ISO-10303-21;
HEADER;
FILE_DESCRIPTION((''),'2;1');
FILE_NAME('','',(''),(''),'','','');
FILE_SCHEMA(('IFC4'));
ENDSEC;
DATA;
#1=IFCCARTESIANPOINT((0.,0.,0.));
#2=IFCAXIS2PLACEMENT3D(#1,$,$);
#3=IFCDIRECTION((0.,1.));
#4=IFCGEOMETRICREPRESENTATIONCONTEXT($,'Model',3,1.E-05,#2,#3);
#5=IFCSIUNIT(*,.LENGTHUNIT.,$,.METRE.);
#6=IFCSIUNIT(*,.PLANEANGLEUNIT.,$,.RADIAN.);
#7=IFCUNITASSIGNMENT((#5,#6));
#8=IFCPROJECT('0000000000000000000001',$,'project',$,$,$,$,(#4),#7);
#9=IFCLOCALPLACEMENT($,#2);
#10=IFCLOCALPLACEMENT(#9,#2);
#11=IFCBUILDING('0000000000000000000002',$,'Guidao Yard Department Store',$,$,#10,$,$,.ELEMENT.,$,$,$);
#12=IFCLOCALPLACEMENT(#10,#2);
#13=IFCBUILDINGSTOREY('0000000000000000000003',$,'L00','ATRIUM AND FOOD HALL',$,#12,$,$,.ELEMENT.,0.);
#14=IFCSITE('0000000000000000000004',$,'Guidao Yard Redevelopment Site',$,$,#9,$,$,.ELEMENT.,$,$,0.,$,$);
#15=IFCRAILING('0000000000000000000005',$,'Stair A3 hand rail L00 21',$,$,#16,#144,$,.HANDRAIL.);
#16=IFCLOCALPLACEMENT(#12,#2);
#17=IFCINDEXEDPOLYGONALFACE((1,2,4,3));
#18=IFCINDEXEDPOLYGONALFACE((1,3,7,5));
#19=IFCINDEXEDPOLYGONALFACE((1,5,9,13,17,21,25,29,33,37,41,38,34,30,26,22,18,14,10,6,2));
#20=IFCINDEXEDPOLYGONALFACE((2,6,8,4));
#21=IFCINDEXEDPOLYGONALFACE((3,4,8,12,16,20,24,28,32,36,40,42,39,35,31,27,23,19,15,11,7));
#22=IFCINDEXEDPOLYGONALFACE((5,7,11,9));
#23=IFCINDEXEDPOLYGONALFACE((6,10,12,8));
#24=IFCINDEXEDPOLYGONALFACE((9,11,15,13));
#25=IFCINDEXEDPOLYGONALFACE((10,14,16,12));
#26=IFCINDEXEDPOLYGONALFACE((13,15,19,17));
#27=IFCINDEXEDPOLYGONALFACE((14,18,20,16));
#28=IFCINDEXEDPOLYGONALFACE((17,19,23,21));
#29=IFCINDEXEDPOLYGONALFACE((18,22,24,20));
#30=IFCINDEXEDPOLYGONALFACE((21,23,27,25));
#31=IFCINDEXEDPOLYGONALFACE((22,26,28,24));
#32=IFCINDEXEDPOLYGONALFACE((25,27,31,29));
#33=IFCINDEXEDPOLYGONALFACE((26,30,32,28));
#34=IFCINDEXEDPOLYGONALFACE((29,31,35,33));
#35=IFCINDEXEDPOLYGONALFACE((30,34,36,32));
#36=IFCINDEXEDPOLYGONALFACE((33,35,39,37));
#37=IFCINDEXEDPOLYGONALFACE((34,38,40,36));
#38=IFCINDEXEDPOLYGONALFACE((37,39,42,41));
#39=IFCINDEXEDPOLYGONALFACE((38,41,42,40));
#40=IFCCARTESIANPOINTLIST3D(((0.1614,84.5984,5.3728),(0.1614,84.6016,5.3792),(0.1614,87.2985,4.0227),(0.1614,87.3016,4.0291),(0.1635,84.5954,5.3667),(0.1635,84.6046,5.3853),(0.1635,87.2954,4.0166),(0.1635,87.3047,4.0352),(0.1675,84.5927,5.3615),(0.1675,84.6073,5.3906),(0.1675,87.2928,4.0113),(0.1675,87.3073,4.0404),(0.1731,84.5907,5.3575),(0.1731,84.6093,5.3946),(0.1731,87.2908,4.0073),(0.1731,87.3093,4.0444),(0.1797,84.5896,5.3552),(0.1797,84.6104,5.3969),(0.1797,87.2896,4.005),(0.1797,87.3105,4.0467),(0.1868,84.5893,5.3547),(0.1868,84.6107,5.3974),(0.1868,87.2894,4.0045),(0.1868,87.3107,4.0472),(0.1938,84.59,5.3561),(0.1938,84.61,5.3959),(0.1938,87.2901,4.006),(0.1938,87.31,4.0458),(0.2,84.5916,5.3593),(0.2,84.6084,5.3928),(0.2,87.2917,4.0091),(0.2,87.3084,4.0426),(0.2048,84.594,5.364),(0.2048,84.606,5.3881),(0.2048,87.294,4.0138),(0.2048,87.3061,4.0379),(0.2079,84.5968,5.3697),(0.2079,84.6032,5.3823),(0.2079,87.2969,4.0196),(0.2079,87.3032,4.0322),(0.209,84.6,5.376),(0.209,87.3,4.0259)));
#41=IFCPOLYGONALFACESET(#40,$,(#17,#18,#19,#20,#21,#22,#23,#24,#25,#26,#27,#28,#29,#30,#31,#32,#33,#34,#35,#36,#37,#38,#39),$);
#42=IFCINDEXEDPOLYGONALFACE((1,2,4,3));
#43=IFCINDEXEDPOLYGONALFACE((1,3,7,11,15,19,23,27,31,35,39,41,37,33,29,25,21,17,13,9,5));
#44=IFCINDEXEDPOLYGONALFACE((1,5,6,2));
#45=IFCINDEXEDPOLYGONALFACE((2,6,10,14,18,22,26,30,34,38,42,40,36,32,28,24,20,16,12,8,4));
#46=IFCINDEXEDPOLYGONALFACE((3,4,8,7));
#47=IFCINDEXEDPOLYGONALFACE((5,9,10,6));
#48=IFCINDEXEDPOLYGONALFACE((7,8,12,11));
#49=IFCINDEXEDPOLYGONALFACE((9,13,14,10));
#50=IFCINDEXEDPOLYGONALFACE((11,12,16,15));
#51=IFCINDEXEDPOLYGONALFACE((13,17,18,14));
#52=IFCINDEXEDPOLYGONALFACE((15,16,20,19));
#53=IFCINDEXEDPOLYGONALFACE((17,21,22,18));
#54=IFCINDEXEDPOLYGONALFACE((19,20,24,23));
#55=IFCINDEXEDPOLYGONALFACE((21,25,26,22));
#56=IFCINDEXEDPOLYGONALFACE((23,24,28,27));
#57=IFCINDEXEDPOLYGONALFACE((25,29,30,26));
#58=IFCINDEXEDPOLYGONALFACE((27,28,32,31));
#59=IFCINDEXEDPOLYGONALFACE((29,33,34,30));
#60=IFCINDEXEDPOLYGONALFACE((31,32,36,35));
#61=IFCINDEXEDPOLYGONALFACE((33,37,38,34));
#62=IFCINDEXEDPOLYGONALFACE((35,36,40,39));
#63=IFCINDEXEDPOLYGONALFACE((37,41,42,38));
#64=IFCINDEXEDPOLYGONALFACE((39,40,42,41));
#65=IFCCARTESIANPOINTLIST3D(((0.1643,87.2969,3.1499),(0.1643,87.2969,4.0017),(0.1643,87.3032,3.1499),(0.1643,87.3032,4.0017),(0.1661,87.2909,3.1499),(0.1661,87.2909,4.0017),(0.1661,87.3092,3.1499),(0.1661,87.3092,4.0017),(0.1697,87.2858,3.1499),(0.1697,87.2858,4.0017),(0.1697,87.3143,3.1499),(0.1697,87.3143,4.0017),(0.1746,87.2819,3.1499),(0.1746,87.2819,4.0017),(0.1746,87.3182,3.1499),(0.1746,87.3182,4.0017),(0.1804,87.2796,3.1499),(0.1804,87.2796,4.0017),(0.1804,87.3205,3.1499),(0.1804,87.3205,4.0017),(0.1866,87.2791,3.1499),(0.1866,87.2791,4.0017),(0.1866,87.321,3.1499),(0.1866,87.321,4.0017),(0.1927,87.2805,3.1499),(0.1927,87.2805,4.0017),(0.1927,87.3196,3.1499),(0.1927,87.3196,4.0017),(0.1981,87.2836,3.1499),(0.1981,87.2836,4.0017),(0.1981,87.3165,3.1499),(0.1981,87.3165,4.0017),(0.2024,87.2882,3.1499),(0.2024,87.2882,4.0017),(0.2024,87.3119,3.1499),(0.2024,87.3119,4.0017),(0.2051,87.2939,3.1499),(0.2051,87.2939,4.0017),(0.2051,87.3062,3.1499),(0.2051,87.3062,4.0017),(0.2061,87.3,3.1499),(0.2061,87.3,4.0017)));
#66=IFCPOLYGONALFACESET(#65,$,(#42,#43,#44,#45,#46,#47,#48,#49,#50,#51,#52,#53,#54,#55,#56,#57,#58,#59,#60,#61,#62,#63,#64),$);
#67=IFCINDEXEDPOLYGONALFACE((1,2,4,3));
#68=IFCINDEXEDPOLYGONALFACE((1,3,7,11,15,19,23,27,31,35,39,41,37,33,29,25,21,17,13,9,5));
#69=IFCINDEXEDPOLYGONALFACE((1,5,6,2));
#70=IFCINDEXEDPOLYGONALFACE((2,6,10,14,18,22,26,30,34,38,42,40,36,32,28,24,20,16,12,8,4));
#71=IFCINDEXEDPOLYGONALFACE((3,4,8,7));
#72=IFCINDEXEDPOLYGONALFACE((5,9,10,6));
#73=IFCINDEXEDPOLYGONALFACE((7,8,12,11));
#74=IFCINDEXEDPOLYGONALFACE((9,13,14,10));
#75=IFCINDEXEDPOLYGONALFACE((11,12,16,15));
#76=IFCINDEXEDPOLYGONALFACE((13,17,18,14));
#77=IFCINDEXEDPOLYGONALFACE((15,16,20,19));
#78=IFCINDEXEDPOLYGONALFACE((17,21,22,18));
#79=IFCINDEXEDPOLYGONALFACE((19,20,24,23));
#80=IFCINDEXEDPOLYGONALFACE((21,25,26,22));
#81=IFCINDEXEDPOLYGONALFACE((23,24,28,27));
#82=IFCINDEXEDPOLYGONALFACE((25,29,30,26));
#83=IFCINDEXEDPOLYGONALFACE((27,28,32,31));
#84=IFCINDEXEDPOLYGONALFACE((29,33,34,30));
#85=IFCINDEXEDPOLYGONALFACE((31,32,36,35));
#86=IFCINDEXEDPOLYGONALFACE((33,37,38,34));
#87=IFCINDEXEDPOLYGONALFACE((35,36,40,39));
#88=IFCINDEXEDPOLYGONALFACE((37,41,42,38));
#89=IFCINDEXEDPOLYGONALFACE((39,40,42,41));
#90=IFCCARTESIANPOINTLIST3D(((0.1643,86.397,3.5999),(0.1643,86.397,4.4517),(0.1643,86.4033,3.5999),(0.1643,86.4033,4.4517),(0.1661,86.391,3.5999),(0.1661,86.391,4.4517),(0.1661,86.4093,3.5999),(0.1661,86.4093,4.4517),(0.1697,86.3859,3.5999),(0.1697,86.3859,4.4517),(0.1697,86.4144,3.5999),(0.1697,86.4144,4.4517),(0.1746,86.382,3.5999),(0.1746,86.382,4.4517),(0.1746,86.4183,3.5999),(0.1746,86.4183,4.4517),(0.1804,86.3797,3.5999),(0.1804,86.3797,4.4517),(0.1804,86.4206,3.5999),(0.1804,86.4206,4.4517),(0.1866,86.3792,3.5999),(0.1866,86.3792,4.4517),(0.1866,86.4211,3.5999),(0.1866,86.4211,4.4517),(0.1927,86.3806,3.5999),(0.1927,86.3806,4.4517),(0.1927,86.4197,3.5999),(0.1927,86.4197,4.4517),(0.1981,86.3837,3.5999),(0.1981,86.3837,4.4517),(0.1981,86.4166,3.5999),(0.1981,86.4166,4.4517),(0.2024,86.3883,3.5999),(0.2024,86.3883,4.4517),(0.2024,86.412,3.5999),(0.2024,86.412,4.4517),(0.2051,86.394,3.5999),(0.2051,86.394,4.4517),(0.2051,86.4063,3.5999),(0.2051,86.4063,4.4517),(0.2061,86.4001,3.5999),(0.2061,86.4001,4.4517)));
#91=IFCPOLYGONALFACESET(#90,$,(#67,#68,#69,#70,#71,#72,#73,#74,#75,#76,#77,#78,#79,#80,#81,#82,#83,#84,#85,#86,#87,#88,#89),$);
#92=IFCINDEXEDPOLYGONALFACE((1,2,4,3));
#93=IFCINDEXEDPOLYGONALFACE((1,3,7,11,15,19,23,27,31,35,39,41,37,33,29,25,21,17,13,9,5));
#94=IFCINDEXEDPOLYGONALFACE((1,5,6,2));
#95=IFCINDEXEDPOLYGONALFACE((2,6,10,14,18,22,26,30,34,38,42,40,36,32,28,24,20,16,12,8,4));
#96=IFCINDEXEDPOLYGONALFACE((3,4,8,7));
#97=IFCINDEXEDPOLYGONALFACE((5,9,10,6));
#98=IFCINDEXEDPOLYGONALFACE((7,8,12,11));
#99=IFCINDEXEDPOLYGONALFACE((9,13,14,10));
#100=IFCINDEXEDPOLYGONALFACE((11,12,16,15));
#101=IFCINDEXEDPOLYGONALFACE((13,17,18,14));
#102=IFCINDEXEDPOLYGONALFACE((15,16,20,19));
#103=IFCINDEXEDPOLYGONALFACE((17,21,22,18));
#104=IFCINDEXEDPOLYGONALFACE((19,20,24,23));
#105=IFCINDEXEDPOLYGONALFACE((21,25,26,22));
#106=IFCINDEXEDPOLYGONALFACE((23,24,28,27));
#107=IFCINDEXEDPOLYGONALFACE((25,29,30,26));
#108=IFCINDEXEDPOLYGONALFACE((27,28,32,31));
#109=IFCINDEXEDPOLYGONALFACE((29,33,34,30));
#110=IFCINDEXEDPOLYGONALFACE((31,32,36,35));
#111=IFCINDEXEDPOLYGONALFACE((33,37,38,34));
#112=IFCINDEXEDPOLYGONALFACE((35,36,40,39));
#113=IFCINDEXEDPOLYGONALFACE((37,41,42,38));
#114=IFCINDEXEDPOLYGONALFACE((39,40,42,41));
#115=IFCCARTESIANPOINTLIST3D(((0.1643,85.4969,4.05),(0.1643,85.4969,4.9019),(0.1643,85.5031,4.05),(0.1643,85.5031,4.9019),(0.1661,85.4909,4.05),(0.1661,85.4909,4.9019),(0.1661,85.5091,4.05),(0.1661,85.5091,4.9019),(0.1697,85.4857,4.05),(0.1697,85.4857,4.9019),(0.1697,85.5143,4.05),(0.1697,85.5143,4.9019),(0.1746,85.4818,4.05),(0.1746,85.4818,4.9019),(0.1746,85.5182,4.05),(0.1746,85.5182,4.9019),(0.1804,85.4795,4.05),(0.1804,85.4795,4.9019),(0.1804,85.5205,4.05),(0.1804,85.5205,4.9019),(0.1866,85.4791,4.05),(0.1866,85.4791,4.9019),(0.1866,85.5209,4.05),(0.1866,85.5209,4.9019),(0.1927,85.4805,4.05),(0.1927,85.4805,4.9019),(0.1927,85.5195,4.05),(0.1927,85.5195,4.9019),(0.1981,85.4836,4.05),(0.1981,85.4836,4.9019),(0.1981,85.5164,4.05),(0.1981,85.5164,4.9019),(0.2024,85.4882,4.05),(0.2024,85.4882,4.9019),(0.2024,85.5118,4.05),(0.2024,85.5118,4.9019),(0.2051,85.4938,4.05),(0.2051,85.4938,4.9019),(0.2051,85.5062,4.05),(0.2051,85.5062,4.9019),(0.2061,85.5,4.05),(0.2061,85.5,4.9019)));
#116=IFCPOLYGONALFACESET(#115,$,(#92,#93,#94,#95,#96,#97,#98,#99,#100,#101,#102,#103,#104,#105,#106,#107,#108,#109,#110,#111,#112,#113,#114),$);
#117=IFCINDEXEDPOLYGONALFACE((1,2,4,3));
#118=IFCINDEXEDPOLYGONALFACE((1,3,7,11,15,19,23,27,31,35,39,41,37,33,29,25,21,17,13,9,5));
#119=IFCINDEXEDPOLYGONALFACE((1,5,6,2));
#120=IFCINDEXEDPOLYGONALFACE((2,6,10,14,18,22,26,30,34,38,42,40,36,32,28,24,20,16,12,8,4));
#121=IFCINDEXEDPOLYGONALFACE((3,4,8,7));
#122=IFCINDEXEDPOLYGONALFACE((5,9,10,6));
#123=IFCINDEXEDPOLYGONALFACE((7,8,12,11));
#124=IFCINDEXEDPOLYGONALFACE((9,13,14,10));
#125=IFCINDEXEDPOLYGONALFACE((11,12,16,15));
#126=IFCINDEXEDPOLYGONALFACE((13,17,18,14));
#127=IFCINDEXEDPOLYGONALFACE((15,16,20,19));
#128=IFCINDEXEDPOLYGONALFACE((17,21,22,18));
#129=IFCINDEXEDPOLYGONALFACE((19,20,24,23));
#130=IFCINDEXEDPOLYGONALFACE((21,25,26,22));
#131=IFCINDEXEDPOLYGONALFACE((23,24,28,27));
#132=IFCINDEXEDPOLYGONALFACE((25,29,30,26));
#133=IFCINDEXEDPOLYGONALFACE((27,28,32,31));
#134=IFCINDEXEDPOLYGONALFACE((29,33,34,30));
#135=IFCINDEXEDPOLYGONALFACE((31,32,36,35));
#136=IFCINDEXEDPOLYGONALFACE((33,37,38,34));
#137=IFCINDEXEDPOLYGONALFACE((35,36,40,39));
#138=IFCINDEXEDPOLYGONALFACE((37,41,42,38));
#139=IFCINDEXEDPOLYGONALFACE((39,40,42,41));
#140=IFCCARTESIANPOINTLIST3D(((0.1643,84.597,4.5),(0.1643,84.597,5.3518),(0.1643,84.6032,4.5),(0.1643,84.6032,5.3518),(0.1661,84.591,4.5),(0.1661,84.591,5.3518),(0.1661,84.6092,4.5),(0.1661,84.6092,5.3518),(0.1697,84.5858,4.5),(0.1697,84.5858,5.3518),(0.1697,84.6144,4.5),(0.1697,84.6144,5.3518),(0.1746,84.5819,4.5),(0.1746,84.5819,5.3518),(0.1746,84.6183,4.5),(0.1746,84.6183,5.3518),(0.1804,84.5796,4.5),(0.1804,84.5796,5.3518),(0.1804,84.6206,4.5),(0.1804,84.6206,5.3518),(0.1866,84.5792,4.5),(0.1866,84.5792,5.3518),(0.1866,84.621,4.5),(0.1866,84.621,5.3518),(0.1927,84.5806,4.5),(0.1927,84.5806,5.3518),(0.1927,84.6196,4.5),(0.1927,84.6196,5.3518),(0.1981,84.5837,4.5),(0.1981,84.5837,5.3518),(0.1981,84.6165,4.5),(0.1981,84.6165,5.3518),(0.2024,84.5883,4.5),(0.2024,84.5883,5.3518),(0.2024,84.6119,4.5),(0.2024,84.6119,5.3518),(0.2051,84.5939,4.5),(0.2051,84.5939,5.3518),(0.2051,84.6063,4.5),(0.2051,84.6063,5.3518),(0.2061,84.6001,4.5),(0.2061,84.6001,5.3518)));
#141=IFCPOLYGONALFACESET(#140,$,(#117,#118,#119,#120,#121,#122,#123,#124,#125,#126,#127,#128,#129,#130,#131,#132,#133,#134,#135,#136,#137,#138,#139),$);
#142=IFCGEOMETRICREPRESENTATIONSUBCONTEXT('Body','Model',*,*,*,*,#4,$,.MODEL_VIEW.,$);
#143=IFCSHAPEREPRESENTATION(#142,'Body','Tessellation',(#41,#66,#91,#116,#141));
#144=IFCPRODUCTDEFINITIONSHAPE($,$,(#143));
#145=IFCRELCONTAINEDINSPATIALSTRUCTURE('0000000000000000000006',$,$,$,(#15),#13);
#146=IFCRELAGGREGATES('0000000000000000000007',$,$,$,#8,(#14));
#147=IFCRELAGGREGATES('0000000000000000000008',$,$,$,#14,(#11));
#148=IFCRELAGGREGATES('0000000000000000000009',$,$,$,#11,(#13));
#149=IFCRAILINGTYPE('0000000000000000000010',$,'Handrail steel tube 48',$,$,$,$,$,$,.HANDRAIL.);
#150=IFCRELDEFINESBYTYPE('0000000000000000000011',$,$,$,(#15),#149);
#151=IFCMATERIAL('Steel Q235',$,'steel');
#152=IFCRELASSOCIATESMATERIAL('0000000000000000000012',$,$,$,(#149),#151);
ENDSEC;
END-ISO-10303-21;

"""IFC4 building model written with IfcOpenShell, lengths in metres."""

from ifc_helpers import new_model, si_unit, direction, frame, origin, origin_2d, place, context, subcontext, project, spatial, circle, extrude, material, type_object, element, save


model = new_model("IFC4")

# Units and contexts
model_context = context("Model", 3, precision=1e-05, world=origin(), true_north=direction((0.0, 1.0)))
body_context = subcontext(model_context, "Body", "Model", "MODEL_VIEW")
ifc_project = project(units=[si_unit("LENGTHUNIT", "METRE"), si_unit("PLANEANGLEUNIT", "RADIAN")], contexts=[model_context])

# Site, building, storey
site_placement = place(None, origin())
site = spatial("IfcSite", under=ifc_project, at=site_placement, Name="Guidao Yard Redevelopment Site", CompositionType="ELEMENT", RefElevation=0.0)
building_placement = place(site_placement, origin())
building = spatial("IfcBuilding", under=site, at=building_placement, Name="Guidao Yard Department Store", CompositionType="ELEMENT")
storey_placement = place(building_placement, origin())
storey = spatial("IfcBuildingStorey", under=building, at=storey_placement, Name="L00", Description="ATRIUM AND FOOD HALL", CompositionType="ELEMENT", Elevation=0.0)

# Railing
ifc_material_1 = material(Name="Steel Q235", Category="steel")
railing_type = type_object("IfcRailingType", Name="Handrail steel tube 48", PredefinedType="HANDRAIL", material=ifc_material_1)
for number, where, name in (
    (1, (0.1851, 87.3, 3.1499), "Stair A3 hand rail L00 21"),
):
    element("IfcRailing", number, at=place(storey_placement, frame(where)), inside=storey, type_object=railing_type, Name=name, PredefinedType="HANDRAIL", context=body_context, shape_type="SweptSolid", body=[
        extrude(circle(Radius=0.0239, at=origin_2d()), frame((0.0, 0.0, 0.876), z_axis=(0.0, -0.894411, 0.447246), x_axis=(1.0, 0.0, 0.0)), (0.0, 0.0, 1.0), 3.0188),
        extrude(circle(Radius=0.021, at=origin_2d()), origin(), (0.0, 0.0, 1.0), 0.8518),
        extrude(circle(Radius=0.021, at=origin_2d()), frame((0.0, -0.8999, 0.45)), (0.0, 0.0, 1.0), 0.8518),
        extrude(circle(Radius=0.021, at=origin_2d()), frame((0.0, -1.8, 0.9001)), (0.0, 0.0, 1.0), 0.8518),
        extrude(circle(Radius=0.021, at=origin_2d()), frame((0.0, -2.7, 1.3501)), (0.0, 0.0, 1.0), 0.8518),
    ])

save(model, "model.ifc")
